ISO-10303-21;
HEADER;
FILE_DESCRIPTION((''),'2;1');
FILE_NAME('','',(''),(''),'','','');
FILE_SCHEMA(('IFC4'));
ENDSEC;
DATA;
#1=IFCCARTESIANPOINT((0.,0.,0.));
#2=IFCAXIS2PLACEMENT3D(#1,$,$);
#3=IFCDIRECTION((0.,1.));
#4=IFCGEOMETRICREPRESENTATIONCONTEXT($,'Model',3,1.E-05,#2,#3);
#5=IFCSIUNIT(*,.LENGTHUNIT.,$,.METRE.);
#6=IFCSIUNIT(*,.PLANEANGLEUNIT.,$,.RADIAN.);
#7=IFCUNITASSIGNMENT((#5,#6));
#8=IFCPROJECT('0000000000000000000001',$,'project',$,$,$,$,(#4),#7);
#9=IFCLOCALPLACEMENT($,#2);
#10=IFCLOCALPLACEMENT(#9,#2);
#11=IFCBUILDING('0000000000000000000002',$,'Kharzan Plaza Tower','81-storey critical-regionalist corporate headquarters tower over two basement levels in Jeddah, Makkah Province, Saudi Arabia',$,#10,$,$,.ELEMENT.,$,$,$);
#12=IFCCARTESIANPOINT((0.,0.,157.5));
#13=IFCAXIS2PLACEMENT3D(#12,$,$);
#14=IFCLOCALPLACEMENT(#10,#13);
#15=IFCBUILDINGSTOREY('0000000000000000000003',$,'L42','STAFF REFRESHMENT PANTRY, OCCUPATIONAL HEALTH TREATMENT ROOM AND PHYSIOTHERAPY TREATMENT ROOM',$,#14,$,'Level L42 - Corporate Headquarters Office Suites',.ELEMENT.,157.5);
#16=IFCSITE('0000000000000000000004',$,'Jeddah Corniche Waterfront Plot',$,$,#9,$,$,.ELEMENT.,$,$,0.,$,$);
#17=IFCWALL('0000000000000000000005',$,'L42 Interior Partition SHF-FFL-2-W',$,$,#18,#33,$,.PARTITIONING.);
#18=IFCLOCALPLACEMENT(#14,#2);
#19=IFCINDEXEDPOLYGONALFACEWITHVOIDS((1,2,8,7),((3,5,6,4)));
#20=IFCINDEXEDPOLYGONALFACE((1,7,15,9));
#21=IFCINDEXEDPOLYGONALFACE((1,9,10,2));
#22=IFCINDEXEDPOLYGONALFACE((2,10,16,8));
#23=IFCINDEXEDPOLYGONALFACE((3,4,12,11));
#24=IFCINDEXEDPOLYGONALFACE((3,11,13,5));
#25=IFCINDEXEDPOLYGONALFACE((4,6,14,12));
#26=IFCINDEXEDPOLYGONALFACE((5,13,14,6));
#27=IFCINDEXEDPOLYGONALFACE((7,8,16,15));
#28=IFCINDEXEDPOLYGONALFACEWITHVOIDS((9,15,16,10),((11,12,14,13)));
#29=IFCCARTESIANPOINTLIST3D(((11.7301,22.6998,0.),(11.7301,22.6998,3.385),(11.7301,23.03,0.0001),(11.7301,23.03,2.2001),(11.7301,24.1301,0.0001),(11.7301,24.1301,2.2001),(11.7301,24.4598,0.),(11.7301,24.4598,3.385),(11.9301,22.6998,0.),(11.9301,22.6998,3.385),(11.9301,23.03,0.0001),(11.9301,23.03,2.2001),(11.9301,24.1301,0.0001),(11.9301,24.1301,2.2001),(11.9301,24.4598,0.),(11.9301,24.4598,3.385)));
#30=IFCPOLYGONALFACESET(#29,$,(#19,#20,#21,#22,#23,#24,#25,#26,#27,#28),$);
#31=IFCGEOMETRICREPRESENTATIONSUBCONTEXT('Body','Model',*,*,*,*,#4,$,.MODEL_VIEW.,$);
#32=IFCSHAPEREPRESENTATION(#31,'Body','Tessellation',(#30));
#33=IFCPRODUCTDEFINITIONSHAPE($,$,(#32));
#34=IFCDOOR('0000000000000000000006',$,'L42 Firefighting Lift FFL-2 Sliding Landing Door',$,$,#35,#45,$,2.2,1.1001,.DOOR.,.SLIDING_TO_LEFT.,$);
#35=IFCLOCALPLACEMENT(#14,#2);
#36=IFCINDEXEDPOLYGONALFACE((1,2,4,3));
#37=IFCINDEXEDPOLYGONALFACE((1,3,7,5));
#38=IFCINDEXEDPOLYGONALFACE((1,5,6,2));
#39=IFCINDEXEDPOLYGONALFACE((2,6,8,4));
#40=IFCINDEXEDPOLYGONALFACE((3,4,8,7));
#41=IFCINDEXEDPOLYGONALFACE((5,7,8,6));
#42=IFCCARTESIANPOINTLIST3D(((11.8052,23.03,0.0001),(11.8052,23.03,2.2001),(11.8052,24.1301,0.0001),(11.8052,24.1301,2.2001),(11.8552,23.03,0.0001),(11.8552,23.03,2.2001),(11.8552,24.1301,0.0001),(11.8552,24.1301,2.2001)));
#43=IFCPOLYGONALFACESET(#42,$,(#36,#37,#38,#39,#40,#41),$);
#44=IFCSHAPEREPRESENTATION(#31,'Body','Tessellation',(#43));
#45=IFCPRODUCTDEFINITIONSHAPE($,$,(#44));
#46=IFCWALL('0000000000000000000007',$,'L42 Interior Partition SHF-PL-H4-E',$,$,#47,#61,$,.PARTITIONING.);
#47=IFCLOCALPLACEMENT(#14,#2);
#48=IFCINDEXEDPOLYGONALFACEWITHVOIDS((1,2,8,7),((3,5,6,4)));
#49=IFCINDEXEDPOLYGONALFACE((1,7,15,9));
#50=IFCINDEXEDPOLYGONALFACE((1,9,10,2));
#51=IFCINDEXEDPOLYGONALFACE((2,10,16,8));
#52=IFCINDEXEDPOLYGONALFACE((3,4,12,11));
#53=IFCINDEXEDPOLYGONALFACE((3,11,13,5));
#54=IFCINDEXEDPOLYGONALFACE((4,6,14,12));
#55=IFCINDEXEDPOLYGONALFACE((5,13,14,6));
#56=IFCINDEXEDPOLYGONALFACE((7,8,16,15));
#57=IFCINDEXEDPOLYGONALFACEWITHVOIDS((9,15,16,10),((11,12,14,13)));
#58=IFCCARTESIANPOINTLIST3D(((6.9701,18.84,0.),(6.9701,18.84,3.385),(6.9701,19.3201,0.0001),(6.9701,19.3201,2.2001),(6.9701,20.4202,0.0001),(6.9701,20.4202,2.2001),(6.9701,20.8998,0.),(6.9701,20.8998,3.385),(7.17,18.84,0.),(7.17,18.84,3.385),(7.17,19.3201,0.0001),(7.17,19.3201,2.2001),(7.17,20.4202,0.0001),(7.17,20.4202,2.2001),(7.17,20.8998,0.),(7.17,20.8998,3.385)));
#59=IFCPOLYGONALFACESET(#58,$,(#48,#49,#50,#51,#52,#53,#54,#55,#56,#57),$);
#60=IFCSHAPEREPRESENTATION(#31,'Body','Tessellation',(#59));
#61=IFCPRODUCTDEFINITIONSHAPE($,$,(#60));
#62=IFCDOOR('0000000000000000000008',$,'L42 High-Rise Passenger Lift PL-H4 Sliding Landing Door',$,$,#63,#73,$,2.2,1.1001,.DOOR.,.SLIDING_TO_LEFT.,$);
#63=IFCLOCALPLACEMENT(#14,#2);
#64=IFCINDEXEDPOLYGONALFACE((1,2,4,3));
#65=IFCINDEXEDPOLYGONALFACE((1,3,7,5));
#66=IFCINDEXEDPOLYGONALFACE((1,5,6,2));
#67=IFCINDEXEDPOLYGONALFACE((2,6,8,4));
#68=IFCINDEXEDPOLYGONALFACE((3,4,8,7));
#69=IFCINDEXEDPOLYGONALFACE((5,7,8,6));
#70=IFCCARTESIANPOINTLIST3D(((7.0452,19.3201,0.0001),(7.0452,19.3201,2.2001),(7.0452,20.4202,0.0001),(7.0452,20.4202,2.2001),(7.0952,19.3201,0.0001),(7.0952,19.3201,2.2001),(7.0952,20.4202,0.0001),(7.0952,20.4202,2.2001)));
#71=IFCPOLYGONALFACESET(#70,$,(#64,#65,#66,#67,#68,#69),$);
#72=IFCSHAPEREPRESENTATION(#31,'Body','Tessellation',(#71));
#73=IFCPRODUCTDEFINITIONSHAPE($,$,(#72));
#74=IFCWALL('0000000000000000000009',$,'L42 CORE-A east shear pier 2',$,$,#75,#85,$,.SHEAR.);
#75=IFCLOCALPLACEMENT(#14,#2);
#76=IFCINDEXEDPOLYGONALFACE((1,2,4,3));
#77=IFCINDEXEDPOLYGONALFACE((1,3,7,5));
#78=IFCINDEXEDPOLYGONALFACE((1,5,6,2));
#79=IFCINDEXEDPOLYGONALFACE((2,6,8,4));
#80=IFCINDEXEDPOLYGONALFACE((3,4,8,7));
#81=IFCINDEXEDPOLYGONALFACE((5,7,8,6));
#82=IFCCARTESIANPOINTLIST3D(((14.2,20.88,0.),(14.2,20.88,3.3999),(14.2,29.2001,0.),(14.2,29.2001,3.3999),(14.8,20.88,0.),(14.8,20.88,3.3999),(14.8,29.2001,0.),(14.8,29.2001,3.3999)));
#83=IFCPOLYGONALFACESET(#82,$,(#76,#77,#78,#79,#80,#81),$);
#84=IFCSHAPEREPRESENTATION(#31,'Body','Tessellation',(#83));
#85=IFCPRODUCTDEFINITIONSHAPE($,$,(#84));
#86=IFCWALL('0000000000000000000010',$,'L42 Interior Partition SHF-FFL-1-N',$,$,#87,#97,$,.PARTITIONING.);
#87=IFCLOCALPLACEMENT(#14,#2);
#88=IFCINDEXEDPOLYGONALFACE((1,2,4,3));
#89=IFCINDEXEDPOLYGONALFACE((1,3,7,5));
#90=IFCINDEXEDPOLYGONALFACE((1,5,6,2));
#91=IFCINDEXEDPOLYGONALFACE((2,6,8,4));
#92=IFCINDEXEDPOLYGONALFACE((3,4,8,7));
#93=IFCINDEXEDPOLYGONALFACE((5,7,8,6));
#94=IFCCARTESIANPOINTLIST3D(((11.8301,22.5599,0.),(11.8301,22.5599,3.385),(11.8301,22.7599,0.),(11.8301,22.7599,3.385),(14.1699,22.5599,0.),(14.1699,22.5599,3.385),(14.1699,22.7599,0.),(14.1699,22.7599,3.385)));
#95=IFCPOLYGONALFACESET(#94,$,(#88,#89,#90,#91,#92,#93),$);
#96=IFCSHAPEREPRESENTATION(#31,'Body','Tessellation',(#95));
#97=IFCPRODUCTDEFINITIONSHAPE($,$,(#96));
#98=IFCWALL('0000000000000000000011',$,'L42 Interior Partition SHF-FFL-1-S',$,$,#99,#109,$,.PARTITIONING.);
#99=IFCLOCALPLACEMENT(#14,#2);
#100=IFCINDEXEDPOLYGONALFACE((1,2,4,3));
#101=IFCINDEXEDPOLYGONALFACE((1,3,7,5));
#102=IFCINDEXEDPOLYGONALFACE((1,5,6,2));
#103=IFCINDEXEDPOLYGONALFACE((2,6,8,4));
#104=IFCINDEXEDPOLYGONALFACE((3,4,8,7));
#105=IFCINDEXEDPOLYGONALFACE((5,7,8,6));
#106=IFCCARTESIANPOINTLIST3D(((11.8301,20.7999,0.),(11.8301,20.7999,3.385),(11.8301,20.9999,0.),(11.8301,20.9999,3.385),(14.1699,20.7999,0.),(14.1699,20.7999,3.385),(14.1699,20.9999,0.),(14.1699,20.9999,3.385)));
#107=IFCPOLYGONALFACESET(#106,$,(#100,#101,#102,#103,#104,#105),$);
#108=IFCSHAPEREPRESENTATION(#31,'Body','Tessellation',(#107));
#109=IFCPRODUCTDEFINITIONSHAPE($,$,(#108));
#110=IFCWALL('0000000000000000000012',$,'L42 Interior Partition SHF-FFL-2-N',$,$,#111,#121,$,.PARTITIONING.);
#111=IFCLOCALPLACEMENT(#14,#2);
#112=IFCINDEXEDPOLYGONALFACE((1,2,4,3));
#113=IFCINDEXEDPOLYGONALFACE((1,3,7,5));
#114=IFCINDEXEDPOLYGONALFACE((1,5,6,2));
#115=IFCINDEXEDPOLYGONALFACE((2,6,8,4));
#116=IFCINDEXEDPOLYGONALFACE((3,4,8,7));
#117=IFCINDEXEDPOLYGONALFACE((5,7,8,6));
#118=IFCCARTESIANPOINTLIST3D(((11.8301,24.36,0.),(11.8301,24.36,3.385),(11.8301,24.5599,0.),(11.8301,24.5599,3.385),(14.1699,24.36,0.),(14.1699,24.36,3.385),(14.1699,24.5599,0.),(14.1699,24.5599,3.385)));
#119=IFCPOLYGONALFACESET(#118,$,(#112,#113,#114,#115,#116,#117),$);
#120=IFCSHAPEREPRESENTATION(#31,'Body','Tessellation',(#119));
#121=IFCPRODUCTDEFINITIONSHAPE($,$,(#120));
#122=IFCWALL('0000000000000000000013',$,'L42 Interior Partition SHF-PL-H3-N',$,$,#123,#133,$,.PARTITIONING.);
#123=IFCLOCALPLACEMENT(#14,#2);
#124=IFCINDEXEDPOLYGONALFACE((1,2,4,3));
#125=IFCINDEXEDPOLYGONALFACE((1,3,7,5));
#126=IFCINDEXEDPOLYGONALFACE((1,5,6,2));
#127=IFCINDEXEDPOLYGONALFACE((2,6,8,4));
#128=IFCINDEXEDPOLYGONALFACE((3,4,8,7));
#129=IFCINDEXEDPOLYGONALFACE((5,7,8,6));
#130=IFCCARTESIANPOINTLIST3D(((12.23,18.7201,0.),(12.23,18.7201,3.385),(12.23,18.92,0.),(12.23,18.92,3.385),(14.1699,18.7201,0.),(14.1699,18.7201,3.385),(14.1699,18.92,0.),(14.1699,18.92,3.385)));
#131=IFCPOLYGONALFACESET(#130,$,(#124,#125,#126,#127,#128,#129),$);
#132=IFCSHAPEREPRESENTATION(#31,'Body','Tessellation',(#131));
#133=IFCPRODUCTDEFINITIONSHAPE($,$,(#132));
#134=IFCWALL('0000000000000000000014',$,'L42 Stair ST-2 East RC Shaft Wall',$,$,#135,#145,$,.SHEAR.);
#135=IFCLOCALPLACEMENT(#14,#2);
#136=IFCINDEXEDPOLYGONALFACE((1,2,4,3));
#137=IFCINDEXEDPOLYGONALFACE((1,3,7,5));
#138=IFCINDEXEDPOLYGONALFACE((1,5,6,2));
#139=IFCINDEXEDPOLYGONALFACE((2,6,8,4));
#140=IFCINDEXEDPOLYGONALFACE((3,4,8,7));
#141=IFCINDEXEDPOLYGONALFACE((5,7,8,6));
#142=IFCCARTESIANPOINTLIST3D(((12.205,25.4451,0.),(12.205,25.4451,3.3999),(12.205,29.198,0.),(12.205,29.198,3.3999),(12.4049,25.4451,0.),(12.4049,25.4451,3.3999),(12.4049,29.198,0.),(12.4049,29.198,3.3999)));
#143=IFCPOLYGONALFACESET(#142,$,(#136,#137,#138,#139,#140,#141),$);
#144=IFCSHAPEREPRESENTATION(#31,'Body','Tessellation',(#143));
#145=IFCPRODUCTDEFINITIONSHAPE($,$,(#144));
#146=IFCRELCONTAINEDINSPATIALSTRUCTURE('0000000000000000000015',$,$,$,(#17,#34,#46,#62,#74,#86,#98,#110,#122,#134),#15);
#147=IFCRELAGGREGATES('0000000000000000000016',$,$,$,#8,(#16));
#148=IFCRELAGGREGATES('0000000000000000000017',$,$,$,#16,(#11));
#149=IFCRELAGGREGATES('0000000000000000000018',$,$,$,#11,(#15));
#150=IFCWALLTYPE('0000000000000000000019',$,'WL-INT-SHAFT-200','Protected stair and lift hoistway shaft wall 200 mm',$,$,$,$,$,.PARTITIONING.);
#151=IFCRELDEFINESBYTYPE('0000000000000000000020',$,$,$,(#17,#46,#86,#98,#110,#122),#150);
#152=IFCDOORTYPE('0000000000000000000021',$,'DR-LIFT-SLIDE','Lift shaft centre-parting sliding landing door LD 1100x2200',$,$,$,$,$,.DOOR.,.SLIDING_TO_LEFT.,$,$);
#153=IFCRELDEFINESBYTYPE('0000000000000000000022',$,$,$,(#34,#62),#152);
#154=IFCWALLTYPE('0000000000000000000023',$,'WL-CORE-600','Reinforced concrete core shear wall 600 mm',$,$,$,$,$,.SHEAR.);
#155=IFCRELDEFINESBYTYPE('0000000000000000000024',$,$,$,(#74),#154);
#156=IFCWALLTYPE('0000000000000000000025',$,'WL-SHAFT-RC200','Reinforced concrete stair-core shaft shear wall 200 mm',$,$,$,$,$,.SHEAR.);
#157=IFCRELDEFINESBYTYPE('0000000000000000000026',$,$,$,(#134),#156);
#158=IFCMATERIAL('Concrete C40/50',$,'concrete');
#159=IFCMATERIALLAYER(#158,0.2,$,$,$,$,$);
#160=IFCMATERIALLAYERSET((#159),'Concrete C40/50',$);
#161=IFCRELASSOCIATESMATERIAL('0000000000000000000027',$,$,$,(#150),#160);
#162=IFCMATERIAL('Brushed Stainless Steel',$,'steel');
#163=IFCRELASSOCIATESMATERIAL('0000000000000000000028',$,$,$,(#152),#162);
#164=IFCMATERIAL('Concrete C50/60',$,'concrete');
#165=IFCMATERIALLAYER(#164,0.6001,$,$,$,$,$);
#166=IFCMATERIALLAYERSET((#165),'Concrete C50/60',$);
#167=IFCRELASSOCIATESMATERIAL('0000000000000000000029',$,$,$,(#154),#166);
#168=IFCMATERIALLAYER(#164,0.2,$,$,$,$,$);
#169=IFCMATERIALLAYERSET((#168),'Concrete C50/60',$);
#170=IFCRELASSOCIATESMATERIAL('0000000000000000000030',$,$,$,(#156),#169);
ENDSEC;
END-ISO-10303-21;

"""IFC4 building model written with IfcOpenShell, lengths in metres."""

from ifc_helpers import new_model, si_unit, direction, frame, frame_2d, origin, place, context, subcontext, project, spatial, rectangle, extrude, source, transform, mapped, material, layer, layer_set, type_object, element, fill, save


model = new_model("IFC4")

# Units and contexts
model_context = context("Model", 3, precision=1e-05, world=origin(), true_north=direction((0.0, 1.0)))
body_context = subcontext(model_context, "Body", "Model", "MODEL_VIEW")
ifc_project = project(units=[si_unit("LENGTHUNIT", "METRE"), si_unit("PLANEANGLEUNIT", "RADIAN")], contexts=[model_context])

# Site, building, storey
site_placement = place(None, origin())
site = spatial("IfcSite", under=ifc_project, at=site_placement, Name="Jeddah Corniche Waterfront Plot", CompositionType="ELEMENT", RefElevation=0.0)
building_placement = place(site_placement, origin())
building = spatial("IfcBuilding", under=site, at=building_placement, Name="Kharzan Plaza Tower", Description="81-storey critical-regionalist corporate headquarters tower over two basement levels in Jeddah, Makkah Province, Saudi Arabia", CompositionType="ELEMENT")
storey_placement = place(building_placement, frame((0.0, 0.0, 157.5)))
storey = spatial("IfcBuildingStorey", under=building, at=storey_placement, Name="L42", Description="STAFF REFRESHMENT PANTRY, OCCUPATIONAL HEALTH TREATMENT ROOM AND PHYSIOTHERAPY TREATMENT ROOM", LongName="Level L42 - Corporate Headquarters Office Suites", CompositionType="ELEMENT", Elevation=157.5)

# Walls, openings, doors
ifc_material_1 = material(Name="Concrete C40/50", Category="concrete")
ifc_layer_1 = layer(ifc_material_1, 0.2)
ifc_layer_set_1 = layer_set([ifc_layer_1], Name="Concrete C40/50")
wall_type_1 = type_object("IfcWallType", Name="WL-INT-SHAFT-200", Description="Protected stair and lift hoistway shaft wall 200 mm", PredefinedType="PARTITIONING", material=ifc_layer_set_1)
ifc_material_2 = material(Name="Brushed Stainless Steel", Category="steel")
door_type_1 = type_object("IfcDoorType", Name="DR-LIFT-SLIDE", Description="Lift shaft centre-parting sliding landing door LD 1100x2200", OperationType="SLIDING_TO_LEFT", PredefinedType="DOOR", material=ifc_material_2)
shared_shape_1 = source(origin(), body_context, "Body", "SweptSolid", [
    extrude(rectangle(XDim=1.1001, YDim=2.2, at=frame_2d((0.55, 1.1001))), frame((0.0, 0.0249, 0.0), z_axis=(0.0, -1.0, 0.0), x_axis=(1.0, 0.0, 0.0)), (0.0, 0.0, 1.0), 0.05),
])
wall_1_placement = place(storey_placement, frame((11.8301, 22.7, 0.0), z_axis=(0.0, 0.0, 1.0), x_axis=(0.0, 1.0, 0.0)))
wall_1 = element("IfcWall", 1, at=wall_1_placement, inside=storey, type_object=wall_type_1, Name="L42 Interior Partition SHF-FFL-2-W", PredefinedType="PARTITIONING", context=body_context, shape_type="SweptSolid", body=[
    extrude(rectangle(XDim=1.76, YDim=0.2, at=frame_2d((0.8799, 0.0))), origin(), (0.0, 0.0, 1.0), 3.385),
])
opening_1_placement = place(wall_1_placement, frame((0.3301, 0.0, 0.0)))
opening_1 = element("IfcOpeningElement", 2, at=opening_1_placement, cuts=wall_1, PredefinedType="OPENING", context=body_context, shape_type="SweptSolid", body=[
    extrude(rectangle(XDim=1.1001, YDim=2.2, at=frame_2d((0.55, 1.1001))), frame((0.0, 0.1099, 0.0), z_axis=(0.0, -1.0, 0.0), x_axis=(1.0, 0.0, 0.0)), (0.0, 0.0, 1.0), 0.22),
])
door_1_placement = place(opening_1_placement, origin())
door_1 = element("IfcDoor", 3, at=door_1_placement, inside=storey, type_object=door_type_1, Name="L42 Firefighting Lift FFL-2 Sliding Landing Door", OperationType="SLIDING_TO_LEFT", OverallHeight=2.2, OverallWidth=1.1001, PredefinedType="DOOR", context=body_context, shape_type="MappedRepresentation", body=[
    mapped(shared_shape_1, transform((0.0, 0.0, 0.0), x_axis=(1.0, 0.0, 0.0), y_axis=(0.0, 1.0, 0.0), z_axis=(0.0, 0.0, 1.0))),
])
fill(opening_1, door_1)
wall_2_placement = place(storey_placement, frame((7.0701, 18.8401, 0.0), z_axis=(0.0, 0.0, 1.0), x_axis=(0.0, 1.0, 0.0)))
wall_2 = element("IfcWall", 4, at=wall_2_placement, inside=storey, type_object=wall_type_1, Name="L42 Interior Partition SHF-PL-H4-E", PredefinedType="PARTITIONING", context=body_context, shape_type="SweptSolid", body=[
    extrude(rectangle(XDim=2.0598, YDim=0.2, at=frame_2d((1.0298, 0.0))), origin(), (0.0, 0.0, 1.0), 3.385),
])
opening_2_placement = place(wall_2_placement, frame((0.48, 0.0, 0.0)))
opening_2 = element("IfcOpeningElement", 5, at=opening_2_placement, cuts=wall_2, PredefinedType="OPENING", context=body_context, shape_type="SweptSolid", body=[
    extrude(rectangle(XDim=1.1001, YDim=2.2, at=frame_2d((0.55, 1.1001))), frame((0.0, 0.1099, 0.0), z_axis=(0.0, -1.0, 0.0), x_axis=(1.0, 0.0, 0.0)), (0.0, 0.0, 1.0), 0.22),
])
door_2_placement = place(opening_2_placement, origin())
door_2 = element("IfcDoor", 6, at=door_2_placement, inside=storey, type_object=door_type_1, Name="L42 High-Rise Passenger Lift PL-H4 Sliding Landing Door", OperationType="SLIDING_TO_LEFT", OverallHeight=2.2, OverallWidth=1.1001, PredefinedType="DOOR", context=body_context, shape_type="MappedRepresentation", body=[
    mapped(shared_shape_1, transform((0.0, 0.0, 0.0), x_axis=(1.0, 0.0, 0.0), y_axis=(0.0, 1.0, 0.0), z_axis=(0.0, 0.0, 1.0))),
])
fill(opening_2, door_2)

# Walls
ifc_material_3 = material(Name="Concrete C50/60", Category="concrete")
ifc_layer_2 = layer(ifc_material_3, 0.6001)
ifc_layer_set_2 = layer_set([ifc_layer_2], Name="Concrete C50/60")
wall_type_2 = type_object("IfcWallType", Name="WL-CORE-600", Description="Reinforced concrete core shear wall 600 mm", PredefinedType="SHEAR", material=ifc_layer_set_2)
shared_shape_2 = source(origin(), body_context, "Body", "SweptSolid", [
    extrude(rectangle(XDim=8.3201, YDim=0.6001, at=frame_2d((4.1602, 0.0))), origin(), (0.0, 0.0, 1.0), 3.3999),
])
wall_3_placement = place(storey_placement, frame((14.5, 20.8799, 0.0), z_axis=(0.0, 0.0, 1.0), x_axis=(0.0, 1.0, 0.0)))
element("IfcWall", 7, at=wall_3_placement, inside=storey, type_object=wall_type_2, Name="L42 CORE-A east shear pier 2", PredefinedType="SHEAR", context=body_context, shape_type="MappedRepresentation", body=[
    mapped(shared_shape_2, transform((0.0, 0.0, 0.0), x_axis=(1.0, 0.0, 0.0), y_axis=(0.0, 1.0, 0.0), z_axis=(0.0, 0.0, 1.0))),
])
shared_shape_3 = source(origin(), body_context, "Body", "SweptSolid", [
    extrude(rectangle(XDim=2.3398, YDim=0.2, at=frame_2d((1.1699, 0.0))), origin(), (0.0, 0.0, 1.0), 3.385),
])
for number, where, z_axis, x_axis, name in (
    (8, (11.8301, 22.6599, 0.0), (0.0, 0.0, 1.0), (1.0, 0.0, 0.0), "L42 Interior Partition SHF-FFL-1-N"),
    (9, (11.8301, 20.8999, 0.0), (0.0, 0.0, 1.0), (1.0, 0.0, 0.0), "L42 Interior Partition SHF-FFL-1-S"),
    (10, (11.8301, 24.46, 0.0), (0.0, 0.0, 1.0), (1.0, 0.0, 0.0), "L42 Interior Partition SHF-FFL-2-N"),
):
    element("IfcWall", number, at=place(storey_placement, frame(where, z_axis=z_axis, x_axis=x_axis)), inside=storey, type_object=wall_type_1, Name=name, PredefinedType="PARTITIONING", context=body_context, shape_type="MappedRepresentation", body=[
        mapped(shared_shape_3, transform((0.0, 0.0, 0.0), x_axis=(1.0, 0.0, 0.0), y_axis=(0.0, 1.0, 0.0), z_axis=(0.0, 0.0, 1.0))),
    ])
shared_shape_4 = source(origin(), body_context, "Body", "SweptSolid", [
    extrude(rectangle(XDim=1.9399, YDim=0.2, at=frame_2d((0.97, 0.0))), origin(), (0.0, 0.0, 1.0), 3.385),
])
wall_4_placement = place(storey_placement, frame((12.23, 18.8201, 0.0), z_axis=(0.0, 0.0, 1.0), x_axis=(1.0, 0.0, 0.0)))
element("IfcWall", 11, at=wall_4_placement, inside=storey, type_object=wall_type_1, Name="L42 Interior Partition SHF-PL-H3-N", PredefinedType="PARTITIONING", context=body_context, shape_type="MappedRepresentation", body=[
    mapped(shared_shape_4, transform((0.0, 0.0, 0.0), x_axis=(1.0, 0.0, 0.0), y_axis=(0.0, 1.0, 0.0), z_axis=(0.0, 0.0, 1.0))),
])
ifc_layer_3 = layer(ifc_material_3, 0.2)
ifc_layer_set_3 = layer_set([ifc_layer_3], Name="Concrete C50/60")
wall_type_3 = type_object("IfcWallType", Name="WL-SHAFT-RC200", Description="Reinforced concrete stair-core shaft shear wall 200 mm", PredefinedType="SHEAR", material=ifc_layer_set_3)
shared_shape_5 = source(origin(), body_context, "Body", "SweptSolid", [
    extrude(rectangle(XDim=3.7529, YDim=0.2, at=frame_2d((1.8765, 0.0))), origin(), (0.0, 0.0, 1.0), 3.3999),
])
wall_5_placement = place(storey_placement, frame((12.3049, 25.4451, 0.0), z_axis=(0.0, 0.0, 1.0), x_axis=(0.0, 1.0, 0.0)))
element("IfcWall", 12, at=wall_5_placement, inside=storey, type_object=wall_type_3, Name="L42 Stair ST-2 East RC Shaft Wall", PredefinedType="SHEAR", context=body_context, shape_type="MappedRepresentation", body=[
    mapped(shared_shape_5, transform((0.0, 0.0, 0.0), x_axis=(1.0, 0.0, 0.0), y_axis=(0.0, 1.0, 0.0), z_axis=(0.0, 0.0, 1.0))),
])

save(model, "model.ifc")
